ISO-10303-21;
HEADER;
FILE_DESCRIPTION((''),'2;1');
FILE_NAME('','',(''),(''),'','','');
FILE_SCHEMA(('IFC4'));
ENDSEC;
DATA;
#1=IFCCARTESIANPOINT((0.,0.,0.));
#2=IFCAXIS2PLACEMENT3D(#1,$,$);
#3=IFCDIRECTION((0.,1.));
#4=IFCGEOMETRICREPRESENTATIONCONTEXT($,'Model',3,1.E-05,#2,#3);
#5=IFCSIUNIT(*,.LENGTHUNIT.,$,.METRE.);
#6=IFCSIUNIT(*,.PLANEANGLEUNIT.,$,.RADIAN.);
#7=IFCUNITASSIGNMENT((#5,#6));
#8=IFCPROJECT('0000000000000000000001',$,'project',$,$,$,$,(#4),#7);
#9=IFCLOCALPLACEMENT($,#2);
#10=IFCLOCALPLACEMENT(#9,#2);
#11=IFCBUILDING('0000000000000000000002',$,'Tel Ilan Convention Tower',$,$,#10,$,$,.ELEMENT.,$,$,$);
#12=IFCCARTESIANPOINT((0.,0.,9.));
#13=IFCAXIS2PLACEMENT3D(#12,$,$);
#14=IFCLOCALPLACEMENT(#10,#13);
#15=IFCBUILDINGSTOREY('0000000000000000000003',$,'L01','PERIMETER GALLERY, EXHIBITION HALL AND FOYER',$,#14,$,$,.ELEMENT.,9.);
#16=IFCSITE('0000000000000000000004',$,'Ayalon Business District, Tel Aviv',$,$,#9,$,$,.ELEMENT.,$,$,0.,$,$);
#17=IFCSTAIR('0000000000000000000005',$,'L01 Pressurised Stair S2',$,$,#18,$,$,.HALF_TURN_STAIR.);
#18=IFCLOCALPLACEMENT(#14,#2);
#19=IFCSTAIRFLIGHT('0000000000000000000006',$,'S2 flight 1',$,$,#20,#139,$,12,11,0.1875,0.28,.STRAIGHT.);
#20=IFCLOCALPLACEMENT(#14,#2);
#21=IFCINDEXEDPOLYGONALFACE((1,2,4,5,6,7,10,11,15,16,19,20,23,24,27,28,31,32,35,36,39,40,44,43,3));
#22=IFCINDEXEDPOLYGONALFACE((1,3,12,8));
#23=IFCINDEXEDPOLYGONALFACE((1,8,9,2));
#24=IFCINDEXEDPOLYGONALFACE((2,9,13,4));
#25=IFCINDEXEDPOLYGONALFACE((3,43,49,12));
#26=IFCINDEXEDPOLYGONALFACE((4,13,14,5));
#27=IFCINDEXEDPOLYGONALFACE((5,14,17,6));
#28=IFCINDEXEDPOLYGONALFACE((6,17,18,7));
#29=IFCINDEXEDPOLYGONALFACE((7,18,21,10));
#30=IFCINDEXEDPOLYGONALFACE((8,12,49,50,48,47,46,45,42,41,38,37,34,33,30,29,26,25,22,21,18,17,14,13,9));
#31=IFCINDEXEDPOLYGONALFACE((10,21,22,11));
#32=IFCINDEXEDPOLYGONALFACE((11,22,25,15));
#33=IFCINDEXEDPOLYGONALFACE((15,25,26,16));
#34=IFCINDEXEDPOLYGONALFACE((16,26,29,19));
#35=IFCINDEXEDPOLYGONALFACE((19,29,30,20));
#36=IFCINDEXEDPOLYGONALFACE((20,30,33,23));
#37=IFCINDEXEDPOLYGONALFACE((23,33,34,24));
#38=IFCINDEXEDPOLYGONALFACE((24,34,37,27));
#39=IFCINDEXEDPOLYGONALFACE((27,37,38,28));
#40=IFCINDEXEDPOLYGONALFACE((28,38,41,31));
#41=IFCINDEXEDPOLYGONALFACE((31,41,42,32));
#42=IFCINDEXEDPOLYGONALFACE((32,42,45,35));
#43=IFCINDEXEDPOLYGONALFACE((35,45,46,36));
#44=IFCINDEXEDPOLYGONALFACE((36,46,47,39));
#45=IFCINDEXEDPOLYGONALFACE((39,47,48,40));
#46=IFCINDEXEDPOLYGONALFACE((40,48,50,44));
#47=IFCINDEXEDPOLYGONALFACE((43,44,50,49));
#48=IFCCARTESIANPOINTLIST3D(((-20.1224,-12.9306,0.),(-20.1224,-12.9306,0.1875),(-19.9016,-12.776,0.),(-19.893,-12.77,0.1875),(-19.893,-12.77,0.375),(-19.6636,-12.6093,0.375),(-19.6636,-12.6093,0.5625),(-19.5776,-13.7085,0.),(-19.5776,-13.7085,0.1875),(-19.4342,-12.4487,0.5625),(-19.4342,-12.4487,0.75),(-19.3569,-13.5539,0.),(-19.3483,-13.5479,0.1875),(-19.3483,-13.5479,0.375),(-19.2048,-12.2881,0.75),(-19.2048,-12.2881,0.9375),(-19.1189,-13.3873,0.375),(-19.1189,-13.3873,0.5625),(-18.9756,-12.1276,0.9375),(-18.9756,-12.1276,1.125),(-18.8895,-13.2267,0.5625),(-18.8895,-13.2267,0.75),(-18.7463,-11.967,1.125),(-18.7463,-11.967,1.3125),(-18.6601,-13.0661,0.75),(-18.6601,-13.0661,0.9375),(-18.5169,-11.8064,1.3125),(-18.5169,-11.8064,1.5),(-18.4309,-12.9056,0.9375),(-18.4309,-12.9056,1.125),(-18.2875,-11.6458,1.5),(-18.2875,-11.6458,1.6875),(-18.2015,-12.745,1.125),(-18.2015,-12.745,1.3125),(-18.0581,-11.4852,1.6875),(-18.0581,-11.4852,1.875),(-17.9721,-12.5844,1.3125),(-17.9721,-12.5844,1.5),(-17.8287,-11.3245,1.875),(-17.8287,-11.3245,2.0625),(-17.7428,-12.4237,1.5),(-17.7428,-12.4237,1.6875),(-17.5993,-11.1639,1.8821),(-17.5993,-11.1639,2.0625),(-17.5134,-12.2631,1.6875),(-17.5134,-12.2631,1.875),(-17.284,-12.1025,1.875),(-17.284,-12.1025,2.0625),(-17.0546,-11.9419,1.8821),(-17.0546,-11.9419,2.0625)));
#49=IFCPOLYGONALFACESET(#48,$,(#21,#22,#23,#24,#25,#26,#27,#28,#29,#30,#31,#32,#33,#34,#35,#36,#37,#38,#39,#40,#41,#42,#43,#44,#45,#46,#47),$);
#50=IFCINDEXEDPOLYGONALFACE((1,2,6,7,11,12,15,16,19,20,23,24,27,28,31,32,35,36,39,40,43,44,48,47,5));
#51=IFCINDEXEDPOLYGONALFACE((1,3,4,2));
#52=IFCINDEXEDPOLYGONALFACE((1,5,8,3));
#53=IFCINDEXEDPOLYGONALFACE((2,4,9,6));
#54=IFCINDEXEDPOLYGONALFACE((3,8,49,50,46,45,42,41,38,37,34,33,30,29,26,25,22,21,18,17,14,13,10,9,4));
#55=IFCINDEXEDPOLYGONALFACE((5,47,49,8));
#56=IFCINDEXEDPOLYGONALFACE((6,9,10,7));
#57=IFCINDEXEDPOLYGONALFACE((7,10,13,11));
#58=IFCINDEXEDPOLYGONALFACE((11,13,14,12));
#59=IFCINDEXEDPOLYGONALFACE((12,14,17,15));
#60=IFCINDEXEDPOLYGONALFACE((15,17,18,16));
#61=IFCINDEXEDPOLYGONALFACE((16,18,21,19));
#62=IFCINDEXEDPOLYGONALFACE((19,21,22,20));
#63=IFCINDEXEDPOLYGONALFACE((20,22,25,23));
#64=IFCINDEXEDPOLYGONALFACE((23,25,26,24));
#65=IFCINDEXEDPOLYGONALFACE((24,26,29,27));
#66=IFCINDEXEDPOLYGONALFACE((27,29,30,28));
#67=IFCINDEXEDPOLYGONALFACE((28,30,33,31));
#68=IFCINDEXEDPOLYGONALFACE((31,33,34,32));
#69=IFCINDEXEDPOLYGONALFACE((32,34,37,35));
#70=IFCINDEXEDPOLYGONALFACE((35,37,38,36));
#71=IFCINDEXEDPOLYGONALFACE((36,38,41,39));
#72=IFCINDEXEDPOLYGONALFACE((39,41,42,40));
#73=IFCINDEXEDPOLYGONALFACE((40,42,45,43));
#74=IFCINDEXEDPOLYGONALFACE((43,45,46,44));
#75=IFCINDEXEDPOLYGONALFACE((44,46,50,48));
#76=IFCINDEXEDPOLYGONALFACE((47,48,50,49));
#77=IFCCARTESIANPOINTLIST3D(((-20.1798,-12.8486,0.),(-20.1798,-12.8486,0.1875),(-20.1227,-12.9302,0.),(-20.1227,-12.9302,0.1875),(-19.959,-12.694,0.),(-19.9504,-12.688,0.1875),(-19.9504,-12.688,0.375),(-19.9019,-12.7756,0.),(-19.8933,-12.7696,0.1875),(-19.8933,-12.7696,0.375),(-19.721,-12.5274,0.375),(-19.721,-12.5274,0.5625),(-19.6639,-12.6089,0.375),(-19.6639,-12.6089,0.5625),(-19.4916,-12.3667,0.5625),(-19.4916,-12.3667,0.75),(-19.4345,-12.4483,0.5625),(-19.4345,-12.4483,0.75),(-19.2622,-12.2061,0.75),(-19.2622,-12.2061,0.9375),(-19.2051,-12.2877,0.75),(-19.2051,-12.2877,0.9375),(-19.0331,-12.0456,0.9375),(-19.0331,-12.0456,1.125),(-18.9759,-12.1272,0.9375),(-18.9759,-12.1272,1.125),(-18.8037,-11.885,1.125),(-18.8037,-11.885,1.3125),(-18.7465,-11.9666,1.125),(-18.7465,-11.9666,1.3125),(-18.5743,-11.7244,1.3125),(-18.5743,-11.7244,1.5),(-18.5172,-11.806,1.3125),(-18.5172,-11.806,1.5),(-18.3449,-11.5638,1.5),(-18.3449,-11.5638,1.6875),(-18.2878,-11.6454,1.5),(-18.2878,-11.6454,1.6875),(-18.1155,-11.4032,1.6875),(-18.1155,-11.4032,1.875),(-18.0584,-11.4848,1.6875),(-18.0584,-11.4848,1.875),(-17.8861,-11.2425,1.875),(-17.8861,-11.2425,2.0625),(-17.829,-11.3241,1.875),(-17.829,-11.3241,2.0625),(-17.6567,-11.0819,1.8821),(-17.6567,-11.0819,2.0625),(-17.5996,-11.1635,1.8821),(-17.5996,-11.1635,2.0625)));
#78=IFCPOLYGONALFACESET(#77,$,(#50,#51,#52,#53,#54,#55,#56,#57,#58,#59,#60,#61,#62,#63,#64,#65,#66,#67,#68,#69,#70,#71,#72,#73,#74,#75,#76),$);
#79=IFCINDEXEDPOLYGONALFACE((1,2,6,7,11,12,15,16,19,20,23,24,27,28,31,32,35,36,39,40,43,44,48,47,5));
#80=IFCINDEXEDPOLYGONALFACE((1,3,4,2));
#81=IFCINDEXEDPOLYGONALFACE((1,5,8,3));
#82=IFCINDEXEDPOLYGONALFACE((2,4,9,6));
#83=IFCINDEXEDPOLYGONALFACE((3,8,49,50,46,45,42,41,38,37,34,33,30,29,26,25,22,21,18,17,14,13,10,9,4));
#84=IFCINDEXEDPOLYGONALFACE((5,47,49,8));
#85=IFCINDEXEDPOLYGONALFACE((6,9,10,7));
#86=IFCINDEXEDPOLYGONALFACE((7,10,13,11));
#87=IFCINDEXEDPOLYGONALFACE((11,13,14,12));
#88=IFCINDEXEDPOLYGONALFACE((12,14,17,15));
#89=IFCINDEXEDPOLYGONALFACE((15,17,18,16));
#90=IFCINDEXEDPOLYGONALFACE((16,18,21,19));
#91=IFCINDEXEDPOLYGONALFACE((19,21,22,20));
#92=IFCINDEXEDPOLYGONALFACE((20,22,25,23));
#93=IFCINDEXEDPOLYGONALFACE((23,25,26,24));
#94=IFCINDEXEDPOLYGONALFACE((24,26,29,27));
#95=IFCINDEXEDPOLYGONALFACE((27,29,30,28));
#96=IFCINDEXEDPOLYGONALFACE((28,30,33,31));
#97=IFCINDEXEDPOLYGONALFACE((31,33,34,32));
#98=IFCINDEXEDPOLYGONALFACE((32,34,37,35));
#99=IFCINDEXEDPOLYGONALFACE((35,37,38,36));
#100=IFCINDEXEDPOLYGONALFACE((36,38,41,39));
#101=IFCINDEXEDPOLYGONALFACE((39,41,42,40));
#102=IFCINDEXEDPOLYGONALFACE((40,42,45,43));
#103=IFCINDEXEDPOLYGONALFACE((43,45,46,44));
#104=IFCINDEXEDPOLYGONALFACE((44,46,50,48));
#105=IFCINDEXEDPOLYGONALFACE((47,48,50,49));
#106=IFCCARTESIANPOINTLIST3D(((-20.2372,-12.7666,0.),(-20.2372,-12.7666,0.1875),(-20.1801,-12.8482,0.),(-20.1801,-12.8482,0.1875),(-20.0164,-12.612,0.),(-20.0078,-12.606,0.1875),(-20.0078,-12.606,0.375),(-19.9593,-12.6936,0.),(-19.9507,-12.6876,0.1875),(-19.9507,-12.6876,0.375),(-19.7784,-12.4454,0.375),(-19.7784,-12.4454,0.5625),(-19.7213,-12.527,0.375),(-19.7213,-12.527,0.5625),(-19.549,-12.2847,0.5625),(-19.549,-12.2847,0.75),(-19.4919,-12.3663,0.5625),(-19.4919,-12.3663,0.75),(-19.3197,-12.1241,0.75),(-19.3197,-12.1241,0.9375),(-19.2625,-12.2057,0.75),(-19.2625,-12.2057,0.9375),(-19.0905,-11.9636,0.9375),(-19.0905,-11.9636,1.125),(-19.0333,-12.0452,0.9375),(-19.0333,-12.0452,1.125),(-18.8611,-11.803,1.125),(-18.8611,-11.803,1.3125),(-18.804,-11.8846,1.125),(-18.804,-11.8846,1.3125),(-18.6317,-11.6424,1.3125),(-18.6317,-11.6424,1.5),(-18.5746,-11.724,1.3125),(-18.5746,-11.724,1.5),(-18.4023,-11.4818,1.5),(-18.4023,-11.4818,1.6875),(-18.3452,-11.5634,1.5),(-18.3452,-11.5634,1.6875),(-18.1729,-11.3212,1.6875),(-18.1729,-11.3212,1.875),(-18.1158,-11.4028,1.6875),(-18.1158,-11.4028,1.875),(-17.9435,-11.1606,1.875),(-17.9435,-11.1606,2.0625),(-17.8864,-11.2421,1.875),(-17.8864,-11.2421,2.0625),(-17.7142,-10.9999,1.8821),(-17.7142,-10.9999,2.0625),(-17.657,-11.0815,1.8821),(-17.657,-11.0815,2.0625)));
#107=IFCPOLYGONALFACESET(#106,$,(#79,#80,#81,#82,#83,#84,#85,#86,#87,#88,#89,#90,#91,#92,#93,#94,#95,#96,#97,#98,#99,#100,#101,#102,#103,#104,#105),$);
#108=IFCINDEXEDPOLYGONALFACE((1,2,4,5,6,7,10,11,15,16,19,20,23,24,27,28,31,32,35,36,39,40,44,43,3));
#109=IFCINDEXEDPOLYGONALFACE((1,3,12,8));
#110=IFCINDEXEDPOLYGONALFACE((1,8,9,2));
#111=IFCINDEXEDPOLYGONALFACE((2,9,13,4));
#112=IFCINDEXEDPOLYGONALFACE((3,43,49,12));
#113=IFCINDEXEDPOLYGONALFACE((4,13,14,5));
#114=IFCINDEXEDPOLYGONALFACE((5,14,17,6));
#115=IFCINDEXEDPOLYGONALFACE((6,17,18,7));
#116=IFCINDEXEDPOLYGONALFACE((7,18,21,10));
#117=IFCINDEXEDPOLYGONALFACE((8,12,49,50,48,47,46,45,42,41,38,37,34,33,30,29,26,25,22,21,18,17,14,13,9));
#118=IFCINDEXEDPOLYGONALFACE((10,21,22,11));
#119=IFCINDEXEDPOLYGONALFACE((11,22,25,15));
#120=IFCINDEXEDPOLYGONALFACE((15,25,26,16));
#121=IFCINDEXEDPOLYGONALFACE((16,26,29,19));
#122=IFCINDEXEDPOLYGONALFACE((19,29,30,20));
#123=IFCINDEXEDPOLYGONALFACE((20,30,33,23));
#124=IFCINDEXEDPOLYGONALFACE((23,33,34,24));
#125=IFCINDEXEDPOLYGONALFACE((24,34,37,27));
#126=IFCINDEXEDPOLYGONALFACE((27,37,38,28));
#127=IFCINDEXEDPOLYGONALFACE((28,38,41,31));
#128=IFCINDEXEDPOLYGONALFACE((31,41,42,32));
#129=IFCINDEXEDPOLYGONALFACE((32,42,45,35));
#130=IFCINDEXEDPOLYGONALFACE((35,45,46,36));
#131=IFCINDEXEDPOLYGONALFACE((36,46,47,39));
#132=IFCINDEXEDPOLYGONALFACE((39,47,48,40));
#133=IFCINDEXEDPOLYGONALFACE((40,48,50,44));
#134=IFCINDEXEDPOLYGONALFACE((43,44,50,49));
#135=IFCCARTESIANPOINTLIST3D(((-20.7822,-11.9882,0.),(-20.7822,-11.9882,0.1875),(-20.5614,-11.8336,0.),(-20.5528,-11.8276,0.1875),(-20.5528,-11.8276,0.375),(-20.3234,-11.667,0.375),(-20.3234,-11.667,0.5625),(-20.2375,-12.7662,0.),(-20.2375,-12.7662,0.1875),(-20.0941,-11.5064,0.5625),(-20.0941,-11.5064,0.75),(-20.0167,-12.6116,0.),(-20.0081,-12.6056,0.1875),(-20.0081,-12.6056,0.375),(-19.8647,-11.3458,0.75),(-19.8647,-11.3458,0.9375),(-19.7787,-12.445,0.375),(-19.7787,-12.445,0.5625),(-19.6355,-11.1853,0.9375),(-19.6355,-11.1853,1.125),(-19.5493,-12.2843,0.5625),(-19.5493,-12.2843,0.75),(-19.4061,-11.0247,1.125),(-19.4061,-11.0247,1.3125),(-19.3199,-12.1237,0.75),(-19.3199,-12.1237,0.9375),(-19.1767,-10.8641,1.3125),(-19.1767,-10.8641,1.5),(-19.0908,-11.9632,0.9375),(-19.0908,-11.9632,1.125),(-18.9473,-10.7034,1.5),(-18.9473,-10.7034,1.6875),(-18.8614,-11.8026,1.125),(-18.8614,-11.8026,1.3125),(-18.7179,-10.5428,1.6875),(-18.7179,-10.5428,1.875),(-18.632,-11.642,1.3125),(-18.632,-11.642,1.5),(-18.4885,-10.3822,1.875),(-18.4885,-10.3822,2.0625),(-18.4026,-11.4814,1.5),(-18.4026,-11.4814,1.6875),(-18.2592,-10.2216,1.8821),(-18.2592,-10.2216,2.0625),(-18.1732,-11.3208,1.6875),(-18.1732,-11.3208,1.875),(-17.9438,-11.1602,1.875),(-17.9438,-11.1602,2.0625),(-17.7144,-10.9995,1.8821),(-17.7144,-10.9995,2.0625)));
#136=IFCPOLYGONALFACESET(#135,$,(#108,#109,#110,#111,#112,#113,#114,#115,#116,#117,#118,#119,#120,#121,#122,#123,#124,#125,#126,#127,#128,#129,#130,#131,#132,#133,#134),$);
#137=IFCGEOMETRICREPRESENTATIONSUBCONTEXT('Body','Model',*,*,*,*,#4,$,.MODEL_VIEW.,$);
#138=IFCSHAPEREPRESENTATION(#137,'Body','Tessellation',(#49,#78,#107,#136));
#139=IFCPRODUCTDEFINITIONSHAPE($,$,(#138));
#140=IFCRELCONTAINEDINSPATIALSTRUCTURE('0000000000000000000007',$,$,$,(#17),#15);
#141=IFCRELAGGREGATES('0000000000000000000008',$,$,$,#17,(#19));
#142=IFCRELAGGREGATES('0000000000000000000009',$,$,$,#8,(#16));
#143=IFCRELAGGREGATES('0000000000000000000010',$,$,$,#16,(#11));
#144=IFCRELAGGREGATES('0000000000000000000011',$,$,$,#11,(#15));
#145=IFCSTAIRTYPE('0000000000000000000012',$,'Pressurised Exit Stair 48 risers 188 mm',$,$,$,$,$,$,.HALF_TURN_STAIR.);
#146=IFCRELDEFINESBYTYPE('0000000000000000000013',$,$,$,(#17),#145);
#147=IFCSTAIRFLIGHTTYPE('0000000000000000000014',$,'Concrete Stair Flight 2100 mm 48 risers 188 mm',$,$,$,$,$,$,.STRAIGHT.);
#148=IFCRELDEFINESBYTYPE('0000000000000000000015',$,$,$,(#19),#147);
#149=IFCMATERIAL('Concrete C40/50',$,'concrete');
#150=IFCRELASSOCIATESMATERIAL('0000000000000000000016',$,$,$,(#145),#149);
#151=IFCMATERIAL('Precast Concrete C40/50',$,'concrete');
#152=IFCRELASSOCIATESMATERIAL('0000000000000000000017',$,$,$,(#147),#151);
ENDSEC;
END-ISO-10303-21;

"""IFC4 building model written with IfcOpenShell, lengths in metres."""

from ifc_helpers import new_model, si_unit, direction, frame, origin, place, context, subcontext, project, spatial, polyline, outline, extrude, material, type_object, element, aggregate, save


model = new_model("IFC4")

# Units and contexts
model_context = context("Model", 3, precision=1e-05, world=origin(), true_north=direction((0.0, 1.0)))
body_context = subcontext(model_context, "Body", "Model", "MODEL_VIEW")
ifc_project = project(units=[si_unit("LENGTHUNIT", "METRE"), si_unit("PLANEANGLEUNIT", "RADIAN")], contexts=[model_context])

# Site, building, storey
site_placement = place(None, origin())
site = spatial("IfcSite", under=ifc_project, at=site_placement, Name="Ayalon Business District, Tel Aviv", CompositionType="ELEMENT", RefElevation=0.0)
building_placement = place(site_placement, origin())
building = spatial("IfcBuilding", under=site, at=building_placement, Name="Tel Ilan Convention Tower", CompositionType="ELEMENT")
storey_placement = place(building_placement, frame((0.0, 0.0, 9.0)))
storey = spatial("IfcBuildingStorey", under=building, at=storey_placement, Name="L01", Description="PERIMETER GALLERY, EXHIBITION HALL AND FOYER", CompositionType="ELEMENT", Elevation=9.0)

# Stair, stair flight
ifc_material_1 = material(Name="Concrete C40/50", Category="concrete")
stair_type = type_object("IfcStairType", Name="Pressurised Exit Stair 48 risers 188 mm", PredefinedType="HALF_TURN_STAIR", material=ifc_material_1)
ifc_material_2 = material(Name="Precast Concrete C40/50", Category="concrete")
stair_flight_type = type_object("IfcStairFlightType", Name="Concrete Stair Flight 2100 mm 48 risers 188 mm", PredefinedType="STRAIGHT", material=ifc_material_2)
stair_1_placement = place(storey_placement, origin())
stair_1 = element("IfcStair", 1, at=stair_1_placement, inside=storey, type_object=stair_type, Name="L01 Pressurised Stair S2", PredefinedType="HALF_TURN_STAIR")
stair_flight_1_placement = place(storey_placement, frame((-20.1799, -12.8484, 0.0), z_axis=(0.0, 0.0, 1.0), x_axis=(0.819152, 0.573576, 0.0)))
stair_flight_1 = element("IfcStairFlight", 2, at=stair_flight_1_placement, type_object=stair_flight_type, Name="S2 flight 1", NumberOfRisers=12, NumberOfTreads=11, PredefinedType="STRAIGHT", RiserHeight=0.1875, TreadLength=0.28, context=body_context, shape_type="SweptSolid", body=[
    extrude(outline(polyline([(0.0, 0.0), (0.0, 0.1875), (0.28, 0.1875), (0.28, 0.375), (0.5601, 0.375), (0.5601, 0.5625), (0.8401, 0.5625), (0.8401, 0.75), (1.1201, 0.75), (1.1201, 0.9375), (1.3999, 0.9375), (1.3999, 1.125), (1.6799, 1.125), (1.6799, 1.3125), (1.96, 1.3125), (1.96, 1.5), (2.24, 1.5), (2.24, 1.6875), (2.52, 1.6875), (2.52, 1.875), (2.8, 1.875), (2.8, 2.0625), (3.0801, 2.0625), (3.0801, 2.25), (3.0801, 1.8821), (0.2695, 0.0), (0.0, 0.0)])), frame((0.0, -0.1003, 0.0), z_axis=(0.0, -1.0, 0.0), x_axis=(1.0, 0.0, 0.0)), (0.0, 0.0, 1.0), 0.9497),
    extrude(outline(polyline([(0.0, 0.0), (0.0, 0.1875), (0.28, 0.1875), (0.28, 0.375), (0.5601, 0.375), (0.5601, 0.5625), (0.8401, 0.5625), (0.8401, 0.75), (1.1201, 0.75), (1.1201, 0.9375), (1.3999, 0.9375), (1.3999, 1.125), (1.6799, 1.125), (1.6799, 1.3125), (1.96, 1.3125), (1.96, 1.5), (2.24, 1.5), (2.24, 1.6875), (2.52, 1.6875), (2.52, 1.875), (2.8, 1.875), (2.8, 2.0625), (3.0801, 2.0625), (3.0801, 2.25), (3.0801, 1.8821), (0.2695, 0.0), (0.0, 0.0)])), frame((0.0, -0.0002, 0.0), z_axis=(0.0, -1.0, 0.0), x_axis=(1.0, 0.0, 0.0)), (0.0, 0.0, 1.0), 0.0996),
    extrude(outline(polyline([(0.0, 0.0), (0.0, 0.1875), (0.28, 0.1875), (0.28, 0.375), (0.5601, 0.375), (0.5601, 0.5625), (0.8401, 0.5625), (0.8401, 0.75), (1.1201, 0.75), (1.1201, 0.9375), (1.3999, 0.9375), (1.3999, 1.125), (1.6799, 1.125), (1.6799, 1.3125), (1.96, 1.3125), (1.96, 1.5), (2.24, 1.5), (2.24, 1.6875), (2.52, 1.6875), (2.52, 1.875), (2.8, 1.875), (2.8, 2.0625), (3.0801, 2.0625), (3.0801, 2.25), (3.0801, 1.8821), (0.2695, 0.0), (0.0, 0.0)])), frame((0.0, 0.0999, 0.0), z_axis=(0.0, -1.0, 0.0), x_axis=(1.0, 0.0, 0.0)), (0.0, 0.0, 1.0), 0.0996),
    extrude(outline(polyline([(0.0, 0.0), (0.0, 0.1875), (0.28, 0.1875), (0.28, 0.375), (0.5601, 0.375), (0.5601, 0.5625), (0.8401, 0.5625), (0.8401, 0.75), (1.1201, 0.75), (1.1201, 0.9375), (1.3999, 0.9375), (1.3999, 1.125), (1.6799, 1.125), (1.6799, 1.3125), (1.96, 1.3125), (1.96, 1.5), (2.24, 1.5), (2.24, 1.6875), (2.52, 1.6875), (2.52, 1.875), (2.8, 1.875), (2.8, 2.0625), (3.0801, 2.0625), (3.0801, 2.25), (3.0801, 1.8821), (0.2695, 0.0), (0.0, 0.0)])), frame((0.0, 1.05, 0.0), z_axis=(0.0, -1.0, 0.0), x_axis=(1.0, 0.0, 0.0)), (0.0, 0.0, 1.0), 0.9497),
])
aggregate(stair_1, [stair_flight_1])

save(model, "model.ifc")
